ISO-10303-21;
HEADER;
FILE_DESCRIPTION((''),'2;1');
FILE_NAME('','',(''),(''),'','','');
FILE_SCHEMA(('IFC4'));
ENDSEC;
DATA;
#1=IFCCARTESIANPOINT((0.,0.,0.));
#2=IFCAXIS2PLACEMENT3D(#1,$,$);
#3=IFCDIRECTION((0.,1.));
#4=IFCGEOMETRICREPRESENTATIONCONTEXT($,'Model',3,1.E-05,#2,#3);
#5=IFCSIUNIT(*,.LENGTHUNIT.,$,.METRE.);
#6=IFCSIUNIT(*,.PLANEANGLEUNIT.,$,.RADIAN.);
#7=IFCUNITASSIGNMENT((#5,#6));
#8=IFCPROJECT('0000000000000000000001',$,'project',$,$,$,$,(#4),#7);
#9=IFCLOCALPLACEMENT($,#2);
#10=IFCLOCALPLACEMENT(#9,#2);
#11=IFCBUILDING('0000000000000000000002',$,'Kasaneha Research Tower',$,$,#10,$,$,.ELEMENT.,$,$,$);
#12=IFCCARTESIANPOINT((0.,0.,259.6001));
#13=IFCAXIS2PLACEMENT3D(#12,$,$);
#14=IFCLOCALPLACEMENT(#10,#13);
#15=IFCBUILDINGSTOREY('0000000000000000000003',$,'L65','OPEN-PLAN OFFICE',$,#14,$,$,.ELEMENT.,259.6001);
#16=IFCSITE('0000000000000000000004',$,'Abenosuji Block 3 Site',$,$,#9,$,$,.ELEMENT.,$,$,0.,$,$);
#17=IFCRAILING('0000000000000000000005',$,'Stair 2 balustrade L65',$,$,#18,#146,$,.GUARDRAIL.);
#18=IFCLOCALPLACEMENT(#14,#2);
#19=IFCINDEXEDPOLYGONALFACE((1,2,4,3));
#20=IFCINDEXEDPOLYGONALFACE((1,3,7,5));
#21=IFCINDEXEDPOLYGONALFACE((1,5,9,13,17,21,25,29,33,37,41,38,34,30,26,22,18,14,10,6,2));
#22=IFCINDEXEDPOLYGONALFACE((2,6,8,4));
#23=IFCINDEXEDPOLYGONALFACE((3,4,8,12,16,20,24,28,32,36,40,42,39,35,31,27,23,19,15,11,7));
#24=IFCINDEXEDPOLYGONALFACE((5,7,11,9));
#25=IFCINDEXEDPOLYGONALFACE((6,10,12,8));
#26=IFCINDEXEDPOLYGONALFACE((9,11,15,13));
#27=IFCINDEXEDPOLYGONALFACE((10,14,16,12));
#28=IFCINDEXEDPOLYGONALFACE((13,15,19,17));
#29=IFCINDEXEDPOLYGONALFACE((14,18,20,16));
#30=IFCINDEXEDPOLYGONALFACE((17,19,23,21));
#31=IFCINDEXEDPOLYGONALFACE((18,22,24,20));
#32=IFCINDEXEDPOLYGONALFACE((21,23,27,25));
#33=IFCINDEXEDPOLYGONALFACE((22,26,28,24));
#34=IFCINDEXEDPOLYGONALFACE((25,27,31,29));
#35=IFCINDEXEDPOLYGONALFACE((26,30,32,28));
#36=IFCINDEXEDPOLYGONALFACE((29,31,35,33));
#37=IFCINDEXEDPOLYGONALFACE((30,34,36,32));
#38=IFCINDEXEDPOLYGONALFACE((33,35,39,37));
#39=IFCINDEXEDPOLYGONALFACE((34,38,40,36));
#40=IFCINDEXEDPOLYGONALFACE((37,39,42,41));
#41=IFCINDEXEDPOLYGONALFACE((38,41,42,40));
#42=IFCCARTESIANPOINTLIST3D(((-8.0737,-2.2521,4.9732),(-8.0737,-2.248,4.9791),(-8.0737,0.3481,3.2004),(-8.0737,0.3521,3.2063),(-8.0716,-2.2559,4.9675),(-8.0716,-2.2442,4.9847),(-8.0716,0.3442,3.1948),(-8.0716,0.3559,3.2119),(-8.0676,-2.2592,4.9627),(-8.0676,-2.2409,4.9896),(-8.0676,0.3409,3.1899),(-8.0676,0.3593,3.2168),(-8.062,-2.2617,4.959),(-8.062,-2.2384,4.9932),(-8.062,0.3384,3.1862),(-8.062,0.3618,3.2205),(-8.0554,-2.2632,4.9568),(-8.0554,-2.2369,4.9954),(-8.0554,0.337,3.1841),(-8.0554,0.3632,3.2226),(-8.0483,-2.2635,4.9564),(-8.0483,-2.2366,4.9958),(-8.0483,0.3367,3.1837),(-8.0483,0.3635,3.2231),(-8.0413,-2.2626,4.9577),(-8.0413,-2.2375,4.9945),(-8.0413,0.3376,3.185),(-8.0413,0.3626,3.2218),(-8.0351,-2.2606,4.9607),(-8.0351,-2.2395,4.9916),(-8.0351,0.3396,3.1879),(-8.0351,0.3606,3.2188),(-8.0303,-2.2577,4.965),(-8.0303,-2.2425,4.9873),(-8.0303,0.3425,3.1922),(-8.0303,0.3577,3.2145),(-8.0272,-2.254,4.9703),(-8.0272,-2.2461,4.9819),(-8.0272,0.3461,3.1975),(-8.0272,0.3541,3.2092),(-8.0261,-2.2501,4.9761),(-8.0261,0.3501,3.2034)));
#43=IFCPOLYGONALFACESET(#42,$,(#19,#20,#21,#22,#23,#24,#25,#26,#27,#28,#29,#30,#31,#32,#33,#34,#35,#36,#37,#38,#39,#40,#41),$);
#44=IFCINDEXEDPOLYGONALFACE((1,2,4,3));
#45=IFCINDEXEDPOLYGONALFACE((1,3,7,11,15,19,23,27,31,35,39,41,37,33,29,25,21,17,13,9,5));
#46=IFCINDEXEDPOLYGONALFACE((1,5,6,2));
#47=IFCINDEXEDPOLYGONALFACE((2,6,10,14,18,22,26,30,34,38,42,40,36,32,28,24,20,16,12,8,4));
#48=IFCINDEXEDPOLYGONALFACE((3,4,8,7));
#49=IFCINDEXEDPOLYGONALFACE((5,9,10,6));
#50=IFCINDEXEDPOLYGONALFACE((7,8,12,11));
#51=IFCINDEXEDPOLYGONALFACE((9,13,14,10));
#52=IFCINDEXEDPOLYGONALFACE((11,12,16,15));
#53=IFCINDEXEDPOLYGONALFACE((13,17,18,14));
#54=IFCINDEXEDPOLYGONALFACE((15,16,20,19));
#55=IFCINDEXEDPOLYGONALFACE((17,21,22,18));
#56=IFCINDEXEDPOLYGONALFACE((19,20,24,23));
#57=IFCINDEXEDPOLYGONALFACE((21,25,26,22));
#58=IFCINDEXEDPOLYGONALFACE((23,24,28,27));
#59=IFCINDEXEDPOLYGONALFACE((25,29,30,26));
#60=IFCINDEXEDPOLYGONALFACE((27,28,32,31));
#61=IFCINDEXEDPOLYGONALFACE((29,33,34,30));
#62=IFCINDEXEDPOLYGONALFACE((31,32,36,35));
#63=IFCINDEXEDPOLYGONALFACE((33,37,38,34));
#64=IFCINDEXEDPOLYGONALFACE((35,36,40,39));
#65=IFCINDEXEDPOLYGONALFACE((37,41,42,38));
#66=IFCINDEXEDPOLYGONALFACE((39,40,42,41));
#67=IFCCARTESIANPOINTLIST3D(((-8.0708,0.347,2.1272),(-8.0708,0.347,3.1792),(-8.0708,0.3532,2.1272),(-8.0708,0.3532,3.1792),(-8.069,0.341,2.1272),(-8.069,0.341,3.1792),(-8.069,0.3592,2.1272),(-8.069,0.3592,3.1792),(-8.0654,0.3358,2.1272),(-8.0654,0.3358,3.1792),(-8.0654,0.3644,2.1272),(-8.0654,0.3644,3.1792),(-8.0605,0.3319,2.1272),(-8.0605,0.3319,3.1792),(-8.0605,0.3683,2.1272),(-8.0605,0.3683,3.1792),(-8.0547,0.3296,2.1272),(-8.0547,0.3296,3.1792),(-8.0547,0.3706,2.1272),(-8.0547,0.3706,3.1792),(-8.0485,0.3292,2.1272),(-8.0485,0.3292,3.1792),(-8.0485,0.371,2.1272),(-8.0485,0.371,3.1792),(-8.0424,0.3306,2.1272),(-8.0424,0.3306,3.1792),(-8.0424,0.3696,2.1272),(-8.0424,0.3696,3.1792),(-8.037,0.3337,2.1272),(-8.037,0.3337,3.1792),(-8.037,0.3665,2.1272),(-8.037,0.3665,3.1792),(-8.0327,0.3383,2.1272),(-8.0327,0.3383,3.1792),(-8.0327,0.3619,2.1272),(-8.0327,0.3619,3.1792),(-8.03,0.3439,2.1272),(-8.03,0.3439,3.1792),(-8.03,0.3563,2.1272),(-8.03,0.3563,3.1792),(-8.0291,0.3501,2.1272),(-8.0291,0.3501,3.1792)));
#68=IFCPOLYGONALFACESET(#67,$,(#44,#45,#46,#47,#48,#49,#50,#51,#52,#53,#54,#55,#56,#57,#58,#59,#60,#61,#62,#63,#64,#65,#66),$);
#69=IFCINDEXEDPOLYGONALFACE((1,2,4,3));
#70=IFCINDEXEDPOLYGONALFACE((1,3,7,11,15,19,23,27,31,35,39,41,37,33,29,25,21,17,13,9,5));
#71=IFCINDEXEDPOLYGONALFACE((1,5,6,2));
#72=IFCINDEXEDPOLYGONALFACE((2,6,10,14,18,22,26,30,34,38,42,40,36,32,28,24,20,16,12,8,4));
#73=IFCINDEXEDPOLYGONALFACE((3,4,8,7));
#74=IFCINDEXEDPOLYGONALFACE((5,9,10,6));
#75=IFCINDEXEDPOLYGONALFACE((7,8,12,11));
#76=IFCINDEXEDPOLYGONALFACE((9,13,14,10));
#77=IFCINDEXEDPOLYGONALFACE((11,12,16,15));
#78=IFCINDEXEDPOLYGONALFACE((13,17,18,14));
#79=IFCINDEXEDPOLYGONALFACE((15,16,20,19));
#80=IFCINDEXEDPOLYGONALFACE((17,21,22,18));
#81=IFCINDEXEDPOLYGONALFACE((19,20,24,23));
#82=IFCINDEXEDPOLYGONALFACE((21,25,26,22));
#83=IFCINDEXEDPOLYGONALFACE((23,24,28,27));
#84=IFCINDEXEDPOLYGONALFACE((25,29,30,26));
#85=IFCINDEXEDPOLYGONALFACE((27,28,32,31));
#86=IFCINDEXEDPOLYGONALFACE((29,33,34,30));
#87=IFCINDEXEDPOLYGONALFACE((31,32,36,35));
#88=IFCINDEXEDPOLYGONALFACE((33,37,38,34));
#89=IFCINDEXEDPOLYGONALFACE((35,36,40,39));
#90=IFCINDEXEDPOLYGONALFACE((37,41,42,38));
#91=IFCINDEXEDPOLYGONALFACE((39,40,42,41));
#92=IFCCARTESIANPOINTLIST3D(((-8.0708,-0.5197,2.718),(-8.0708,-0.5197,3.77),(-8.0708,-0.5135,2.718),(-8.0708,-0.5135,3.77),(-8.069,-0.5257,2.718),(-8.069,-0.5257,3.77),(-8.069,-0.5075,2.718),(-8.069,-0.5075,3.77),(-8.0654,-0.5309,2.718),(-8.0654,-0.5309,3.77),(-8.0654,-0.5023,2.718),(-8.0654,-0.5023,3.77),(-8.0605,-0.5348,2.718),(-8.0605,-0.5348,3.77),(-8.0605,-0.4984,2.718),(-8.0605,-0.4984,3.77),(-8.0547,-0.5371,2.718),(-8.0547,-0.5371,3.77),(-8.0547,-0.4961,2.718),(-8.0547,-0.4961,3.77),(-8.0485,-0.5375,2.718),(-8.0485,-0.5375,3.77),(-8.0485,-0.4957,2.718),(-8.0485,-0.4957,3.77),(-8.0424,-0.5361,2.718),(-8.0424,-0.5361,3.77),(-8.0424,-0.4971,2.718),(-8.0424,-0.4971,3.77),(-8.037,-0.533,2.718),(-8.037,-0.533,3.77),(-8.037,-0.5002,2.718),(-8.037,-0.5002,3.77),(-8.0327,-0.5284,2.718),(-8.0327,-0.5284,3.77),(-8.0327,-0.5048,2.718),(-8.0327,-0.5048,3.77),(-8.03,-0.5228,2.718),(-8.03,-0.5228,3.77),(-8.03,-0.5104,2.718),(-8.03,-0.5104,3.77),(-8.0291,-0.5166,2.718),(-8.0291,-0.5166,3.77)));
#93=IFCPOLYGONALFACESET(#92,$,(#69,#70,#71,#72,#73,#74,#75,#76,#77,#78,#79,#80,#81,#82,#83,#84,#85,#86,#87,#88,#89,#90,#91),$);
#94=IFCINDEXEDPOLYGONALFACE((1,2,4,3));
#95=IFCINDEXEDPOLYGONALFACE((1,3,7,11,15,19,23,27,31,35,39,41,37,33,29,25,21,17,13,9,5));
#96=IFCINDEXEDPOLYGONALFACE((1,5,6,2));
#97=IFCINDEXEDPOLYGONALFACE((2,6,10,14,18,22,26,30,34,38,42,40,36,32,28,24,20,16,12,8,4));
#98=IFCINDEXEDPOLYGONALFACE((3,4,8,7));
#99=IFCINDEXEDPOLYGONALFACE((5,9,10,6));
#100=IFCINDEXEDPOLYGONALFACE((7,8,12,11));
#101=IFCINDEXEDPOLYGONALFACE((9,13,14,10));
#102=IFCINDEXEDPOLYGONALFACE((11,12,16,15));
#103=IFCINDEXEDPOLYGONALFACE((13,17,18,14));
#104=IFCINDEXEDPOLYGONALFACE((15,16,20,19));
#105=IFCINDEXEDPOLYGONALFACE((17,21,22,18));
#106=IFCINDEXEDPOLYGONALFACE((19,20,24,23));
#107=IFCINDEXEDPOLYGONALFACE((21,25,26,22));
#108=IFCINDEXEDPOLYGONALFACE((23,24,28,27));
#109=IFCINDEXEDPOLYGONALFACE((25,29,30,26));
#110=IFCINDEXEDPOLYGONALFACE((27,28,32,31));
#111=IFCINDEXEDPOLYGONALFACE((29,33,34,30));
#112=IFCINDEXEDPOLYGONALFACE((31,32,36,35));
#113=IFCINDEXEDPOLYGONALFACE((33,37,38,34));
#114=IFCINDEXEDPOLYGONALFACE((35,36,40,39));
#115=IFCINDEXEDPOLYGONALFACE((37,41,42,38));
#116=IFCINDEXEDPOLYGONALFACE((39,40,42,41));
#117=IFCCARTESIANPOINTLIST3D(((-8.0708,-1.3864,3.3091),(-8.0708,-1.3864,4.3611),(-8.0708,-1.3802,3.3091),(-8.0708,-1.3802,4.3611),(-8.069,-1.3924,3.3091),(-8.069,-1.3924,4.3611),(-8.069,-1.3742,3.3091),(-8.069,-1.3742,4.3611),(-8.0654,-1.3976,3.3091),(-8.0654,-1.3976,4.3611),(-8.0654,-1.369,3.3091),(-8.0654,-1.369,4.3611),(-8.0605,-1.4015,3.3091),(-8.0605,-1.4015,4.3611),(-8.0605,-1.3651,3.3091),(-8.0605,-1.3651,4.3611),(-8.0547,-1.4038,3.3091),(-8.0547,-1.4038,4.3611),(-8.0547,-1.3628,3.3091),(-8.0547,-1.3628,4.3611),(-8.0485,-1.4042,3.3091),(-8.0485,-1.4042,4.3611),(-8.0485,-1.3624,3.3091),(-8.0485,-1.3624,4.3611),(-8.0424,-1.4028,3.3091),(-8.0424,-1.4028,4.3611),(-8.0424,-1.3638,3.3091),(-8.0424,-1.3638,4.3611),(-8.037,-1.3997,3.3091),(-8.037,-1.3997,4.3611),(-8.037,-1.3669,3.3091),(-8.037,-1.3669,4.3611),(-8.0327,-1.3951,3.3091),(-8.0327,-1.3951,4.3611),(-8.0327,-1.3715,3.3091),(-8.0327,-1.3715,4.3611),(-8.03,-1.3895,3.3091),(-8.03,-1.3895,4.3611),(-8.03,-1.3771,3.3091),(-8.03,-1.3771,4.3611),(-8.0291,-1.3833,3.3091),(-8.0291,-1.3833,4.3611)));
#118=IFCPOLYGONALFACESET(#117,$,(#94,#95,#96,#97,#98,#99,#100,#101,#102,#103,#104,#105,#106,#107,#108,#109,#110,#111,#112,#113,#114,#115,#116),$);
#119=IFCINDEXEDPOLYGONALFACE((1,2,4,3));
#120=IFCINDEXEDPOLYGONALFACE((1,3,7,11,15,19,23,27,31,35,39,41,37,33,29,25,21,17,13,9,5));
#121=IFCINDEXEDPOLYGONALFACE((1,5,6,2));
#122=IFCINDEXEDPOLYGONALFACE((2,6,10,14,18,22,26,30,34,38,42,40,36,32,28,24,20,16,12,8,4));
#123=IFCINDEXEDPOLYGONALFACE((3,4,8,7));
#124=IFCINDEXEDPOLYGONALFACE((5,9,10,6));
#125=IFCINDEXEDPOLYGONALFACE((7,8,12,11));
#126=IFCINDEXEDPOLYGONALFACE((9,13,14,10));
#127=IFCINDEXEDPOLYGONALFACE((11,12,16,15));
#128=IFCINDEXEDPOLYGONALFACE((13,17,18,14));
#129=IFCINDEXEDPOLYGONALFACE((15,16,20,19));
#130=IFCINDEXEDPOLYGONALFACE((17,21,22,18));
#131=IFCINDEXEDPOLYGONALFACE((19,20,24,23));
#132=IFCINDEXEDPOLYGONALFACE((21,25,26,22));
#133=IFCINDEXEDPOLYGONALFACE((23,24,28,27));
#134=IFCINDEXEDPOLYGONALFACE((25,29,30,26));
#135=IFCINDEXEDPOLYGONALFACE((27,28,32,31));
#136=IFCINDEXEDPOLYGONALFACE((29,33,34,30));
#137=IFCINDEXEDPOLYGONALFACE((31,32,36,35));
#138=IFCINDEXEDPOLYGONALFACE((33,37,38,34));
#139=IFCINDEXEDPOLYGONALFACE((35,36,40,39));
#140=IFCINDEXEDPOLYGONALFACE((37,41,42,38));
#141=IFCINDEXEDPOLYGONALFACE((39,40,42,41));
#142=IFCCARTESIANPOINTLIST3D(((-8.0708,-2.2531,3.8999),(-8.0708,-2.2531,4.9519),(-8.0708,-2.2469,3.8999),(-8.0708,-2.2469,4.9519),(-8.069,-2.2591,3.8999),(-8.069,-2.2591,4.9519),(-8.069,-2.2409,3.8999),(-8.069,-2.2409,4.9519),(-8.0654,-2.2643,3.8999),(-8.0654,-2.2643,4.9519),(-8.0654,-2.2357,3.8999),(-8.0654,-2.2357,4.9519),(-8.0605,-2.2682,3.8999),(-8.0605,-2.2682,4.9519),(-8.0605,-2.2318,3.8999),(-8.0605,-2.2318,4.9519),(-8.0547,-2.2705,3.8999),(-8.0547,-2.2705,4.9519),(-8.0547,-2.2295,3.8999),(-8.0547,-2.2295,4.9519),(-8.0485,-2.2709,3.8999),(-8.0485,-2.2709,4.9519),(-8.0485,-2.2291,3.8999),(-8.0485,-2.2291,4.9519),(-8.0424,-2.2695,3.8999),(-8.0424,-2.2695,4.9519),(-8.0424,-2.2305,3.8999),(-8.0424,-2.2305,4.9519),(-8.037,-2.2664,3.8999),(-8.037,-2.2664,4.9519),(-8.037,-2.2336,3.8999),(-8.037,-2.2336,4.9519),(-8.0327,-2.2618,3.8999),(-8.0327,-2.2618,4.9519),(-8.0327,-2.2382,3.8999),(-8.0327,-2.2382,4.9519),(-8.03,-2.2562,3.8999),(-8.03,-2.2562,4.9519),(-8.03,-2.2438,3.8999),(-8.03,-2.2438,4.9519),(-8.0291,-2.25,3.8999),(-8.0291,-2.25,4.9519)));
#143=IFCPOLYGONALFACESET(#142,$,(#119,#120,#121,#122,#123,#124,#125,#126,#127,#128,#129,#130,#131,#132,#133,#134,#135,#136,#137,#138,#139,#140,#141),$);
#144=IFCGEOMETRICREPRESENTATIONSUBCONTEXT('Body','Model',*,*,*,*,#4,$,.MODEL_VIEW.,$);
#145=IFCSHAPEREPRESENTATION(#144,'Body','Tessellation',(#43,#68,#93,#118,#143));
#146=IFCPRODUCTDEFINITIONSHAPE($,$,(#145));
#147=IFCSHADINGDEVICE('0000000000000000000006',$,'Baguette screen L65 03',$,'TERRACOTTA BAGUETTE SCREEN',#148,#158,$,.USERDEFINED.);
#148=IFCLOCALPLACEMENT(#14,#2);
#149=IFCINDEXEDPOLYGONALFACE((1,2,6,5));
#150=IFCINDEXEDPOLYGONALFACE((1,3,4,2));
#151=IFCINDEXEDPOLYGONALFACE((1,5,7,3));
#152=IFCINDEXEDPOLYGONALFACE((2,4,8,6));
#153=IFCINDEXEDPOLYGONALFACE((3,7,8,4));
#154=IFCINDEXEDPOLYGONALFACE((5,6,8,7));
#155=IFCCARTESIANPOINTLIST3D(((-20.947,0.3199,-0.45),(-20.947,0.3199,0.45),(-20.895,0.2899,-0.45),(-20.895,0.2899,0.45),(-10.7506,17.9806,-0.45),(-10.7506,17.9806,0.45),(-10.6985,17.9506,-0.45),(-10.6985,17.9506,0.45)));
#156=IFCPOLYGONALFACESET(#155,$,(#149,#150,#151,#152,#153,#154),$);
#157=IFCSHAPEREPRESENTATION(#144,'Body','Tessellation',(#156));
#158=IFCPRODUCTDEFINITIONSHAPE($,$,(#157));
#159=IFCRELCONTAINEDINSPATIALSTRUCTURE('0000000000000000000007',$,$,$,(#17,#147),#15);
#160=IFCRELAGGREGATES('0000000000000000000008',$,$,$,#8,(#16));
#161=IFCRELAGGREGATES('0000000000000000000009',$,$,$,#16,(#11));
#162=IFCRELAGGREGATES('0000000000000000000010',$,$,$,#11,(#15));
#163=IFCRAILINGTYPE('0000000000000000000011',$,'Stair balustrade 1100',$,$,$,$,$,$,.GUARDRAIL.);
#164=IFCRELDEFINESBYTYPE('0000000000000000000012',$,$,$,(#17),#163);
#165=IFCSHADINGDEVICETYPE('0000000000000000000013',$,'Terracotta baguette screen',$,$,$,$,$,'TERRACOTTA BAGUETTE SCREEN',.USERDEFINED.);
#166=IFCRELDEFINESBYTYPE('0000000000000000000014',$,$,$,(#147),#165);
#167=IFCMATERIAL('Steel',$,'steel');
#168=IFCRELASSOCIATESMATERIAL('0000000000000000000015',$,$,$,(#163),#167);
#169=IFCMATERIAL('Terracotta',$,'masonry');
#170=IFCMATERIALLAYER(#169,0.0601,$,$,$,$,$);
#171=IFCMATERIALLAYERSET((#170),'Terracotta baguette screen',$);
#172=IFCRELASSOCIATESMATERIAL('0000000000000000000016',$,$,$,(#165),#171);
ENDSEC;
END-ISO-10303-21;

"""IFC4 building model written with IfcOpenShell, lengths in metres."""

from ifc_helpers import new_model, si_unit, direction, frame, origin, origin_2d, place, context, subcontext, project, spatial, rectangle, circle, extrude, material, layer, layer_set, type_object, element, save


model = new_model("IFC4")

# Units and contexts
model_context = context("Model", 3, precision=1e-05, world=origin(), true_north=direction((0.0, 1.0)))
body_context = subcontext(model_context, "Body", "Model", "MODEL_VIEW")
ifc_project = project(units=[si_unit("LENGTHUNIT", "METRE"), si_unit("PLANEANGLEUNIT", "RADIAN")], contexts=[model_context])

# Site, building, storey
site_placement = place(None, origin())
site = spatial("IfcSite", under=ifc_project, at=site_placement, Name="Abenosuji Block 3 Site", CompositionType="ELEMENT", RefElevation=0.0)
building_placement = place(site_placement, origin())
building = spatial("IfcBuilding", under=site, at=building_placement, Name="Kasaneha Research Tower", CompositionType="ELEMENT")
storey_placement = place(building_placement, frame((0.0, 0.0, 259.6001)))
storey = spatial("IfcBuildingStorey", under=building, at=storey_placement, Name="L65", Description="OPEN-PLAN OFFICE", CompositionType="ELEMENT", Elevation=259.6001)

# Railing
ifc_material_1 = material(Name="Steel", Category="steel")
railing_type = type_object("IfcRailingType", Name="Stair balustrade 1100", PredefinedType="GUARDRAIL", material=ifc_material_1)
railing_placement = place(storey_placement, frame((-8.05, 0.3501, 2.1272)))
element("IfcRailing", 1, at=railing_placement, inside=storey, type_object=railing_type, Name="Stair 2 balustrade L65", PredefinedType="GUARDRAIL", context=body_context, shape_type="SweptSolid", body=[
    extrude(circle(Radius=0.0239, at=origin_2d()), frame((0.0, 0.0, 1.0762), z_axis=(0.0, -0.82624, 0.563318), x_axis=(1.0, 0.0, 0.0)), (0.0, 0.0, 1.0), 3.147),
    extrude(circle(Radius=0.021, at=origin_2d()), origin(), (0.0, 0.0, 1.0), 1.052),
    extrude(circle(Radius=0.021, at=origin_2d()), frame((0.0, -0.8667, 0.5908)), (0.0, 0.0, 1.0), 1.052),
    extrude(circle(Radius=0.021, at=origin_2d()), frame((0.0, -1.7334, 1.1819)), (0.0, 0.0, 1.0), 1.052),
    extrude(circle(Radius=0.021, at=origin_2d()), frame((0.0, -2.6001, 1.7727)), (0.0, 0.0, 1.0), 1.052),
])

# Shading device
ifc_material_2 = material(Name="Terracotta", Category="masonry")
ifc_layer_1 = layer(ifc_material_2, 0.0601)
ifc_layer_set_1 = layer_set([ifc_layer_1], Name="Terracotta baguette screen")
shading_device_type = type_object("IfcShadingDeviceType", Name="Terracotta baguette screen", ElementType="TERRACOTTA BAGUETTE SCREEN", PredefinedType="USERDEFINED", material=ifc_layer_set_1)
shading_device_placement = place(storey_placement, frame((-15.8228, 9.1353, -0.45), z_axis=(0.0, 0.0, 1.0), x_axis=(-0.5, -0.866025, 0.0)))
element("IfcShadingDevice", 2, at=shading_device_placement, inside=storey, type_object=shading_device_type, Name="Baguette screen L65 03", ObjectType="TERRACOTTA BAGUETTE SCREEN", PredefinedType="USERDEFINED", context=body_context, shape_type="SweptSolid", body=[
    extrude(rectangle(XDim=20.3928, YDim=0.0601, at=origin_2d()), origin(), (0.0, 0.0, 1.0), 0.8999),
])

save(model, "model.ifc")
